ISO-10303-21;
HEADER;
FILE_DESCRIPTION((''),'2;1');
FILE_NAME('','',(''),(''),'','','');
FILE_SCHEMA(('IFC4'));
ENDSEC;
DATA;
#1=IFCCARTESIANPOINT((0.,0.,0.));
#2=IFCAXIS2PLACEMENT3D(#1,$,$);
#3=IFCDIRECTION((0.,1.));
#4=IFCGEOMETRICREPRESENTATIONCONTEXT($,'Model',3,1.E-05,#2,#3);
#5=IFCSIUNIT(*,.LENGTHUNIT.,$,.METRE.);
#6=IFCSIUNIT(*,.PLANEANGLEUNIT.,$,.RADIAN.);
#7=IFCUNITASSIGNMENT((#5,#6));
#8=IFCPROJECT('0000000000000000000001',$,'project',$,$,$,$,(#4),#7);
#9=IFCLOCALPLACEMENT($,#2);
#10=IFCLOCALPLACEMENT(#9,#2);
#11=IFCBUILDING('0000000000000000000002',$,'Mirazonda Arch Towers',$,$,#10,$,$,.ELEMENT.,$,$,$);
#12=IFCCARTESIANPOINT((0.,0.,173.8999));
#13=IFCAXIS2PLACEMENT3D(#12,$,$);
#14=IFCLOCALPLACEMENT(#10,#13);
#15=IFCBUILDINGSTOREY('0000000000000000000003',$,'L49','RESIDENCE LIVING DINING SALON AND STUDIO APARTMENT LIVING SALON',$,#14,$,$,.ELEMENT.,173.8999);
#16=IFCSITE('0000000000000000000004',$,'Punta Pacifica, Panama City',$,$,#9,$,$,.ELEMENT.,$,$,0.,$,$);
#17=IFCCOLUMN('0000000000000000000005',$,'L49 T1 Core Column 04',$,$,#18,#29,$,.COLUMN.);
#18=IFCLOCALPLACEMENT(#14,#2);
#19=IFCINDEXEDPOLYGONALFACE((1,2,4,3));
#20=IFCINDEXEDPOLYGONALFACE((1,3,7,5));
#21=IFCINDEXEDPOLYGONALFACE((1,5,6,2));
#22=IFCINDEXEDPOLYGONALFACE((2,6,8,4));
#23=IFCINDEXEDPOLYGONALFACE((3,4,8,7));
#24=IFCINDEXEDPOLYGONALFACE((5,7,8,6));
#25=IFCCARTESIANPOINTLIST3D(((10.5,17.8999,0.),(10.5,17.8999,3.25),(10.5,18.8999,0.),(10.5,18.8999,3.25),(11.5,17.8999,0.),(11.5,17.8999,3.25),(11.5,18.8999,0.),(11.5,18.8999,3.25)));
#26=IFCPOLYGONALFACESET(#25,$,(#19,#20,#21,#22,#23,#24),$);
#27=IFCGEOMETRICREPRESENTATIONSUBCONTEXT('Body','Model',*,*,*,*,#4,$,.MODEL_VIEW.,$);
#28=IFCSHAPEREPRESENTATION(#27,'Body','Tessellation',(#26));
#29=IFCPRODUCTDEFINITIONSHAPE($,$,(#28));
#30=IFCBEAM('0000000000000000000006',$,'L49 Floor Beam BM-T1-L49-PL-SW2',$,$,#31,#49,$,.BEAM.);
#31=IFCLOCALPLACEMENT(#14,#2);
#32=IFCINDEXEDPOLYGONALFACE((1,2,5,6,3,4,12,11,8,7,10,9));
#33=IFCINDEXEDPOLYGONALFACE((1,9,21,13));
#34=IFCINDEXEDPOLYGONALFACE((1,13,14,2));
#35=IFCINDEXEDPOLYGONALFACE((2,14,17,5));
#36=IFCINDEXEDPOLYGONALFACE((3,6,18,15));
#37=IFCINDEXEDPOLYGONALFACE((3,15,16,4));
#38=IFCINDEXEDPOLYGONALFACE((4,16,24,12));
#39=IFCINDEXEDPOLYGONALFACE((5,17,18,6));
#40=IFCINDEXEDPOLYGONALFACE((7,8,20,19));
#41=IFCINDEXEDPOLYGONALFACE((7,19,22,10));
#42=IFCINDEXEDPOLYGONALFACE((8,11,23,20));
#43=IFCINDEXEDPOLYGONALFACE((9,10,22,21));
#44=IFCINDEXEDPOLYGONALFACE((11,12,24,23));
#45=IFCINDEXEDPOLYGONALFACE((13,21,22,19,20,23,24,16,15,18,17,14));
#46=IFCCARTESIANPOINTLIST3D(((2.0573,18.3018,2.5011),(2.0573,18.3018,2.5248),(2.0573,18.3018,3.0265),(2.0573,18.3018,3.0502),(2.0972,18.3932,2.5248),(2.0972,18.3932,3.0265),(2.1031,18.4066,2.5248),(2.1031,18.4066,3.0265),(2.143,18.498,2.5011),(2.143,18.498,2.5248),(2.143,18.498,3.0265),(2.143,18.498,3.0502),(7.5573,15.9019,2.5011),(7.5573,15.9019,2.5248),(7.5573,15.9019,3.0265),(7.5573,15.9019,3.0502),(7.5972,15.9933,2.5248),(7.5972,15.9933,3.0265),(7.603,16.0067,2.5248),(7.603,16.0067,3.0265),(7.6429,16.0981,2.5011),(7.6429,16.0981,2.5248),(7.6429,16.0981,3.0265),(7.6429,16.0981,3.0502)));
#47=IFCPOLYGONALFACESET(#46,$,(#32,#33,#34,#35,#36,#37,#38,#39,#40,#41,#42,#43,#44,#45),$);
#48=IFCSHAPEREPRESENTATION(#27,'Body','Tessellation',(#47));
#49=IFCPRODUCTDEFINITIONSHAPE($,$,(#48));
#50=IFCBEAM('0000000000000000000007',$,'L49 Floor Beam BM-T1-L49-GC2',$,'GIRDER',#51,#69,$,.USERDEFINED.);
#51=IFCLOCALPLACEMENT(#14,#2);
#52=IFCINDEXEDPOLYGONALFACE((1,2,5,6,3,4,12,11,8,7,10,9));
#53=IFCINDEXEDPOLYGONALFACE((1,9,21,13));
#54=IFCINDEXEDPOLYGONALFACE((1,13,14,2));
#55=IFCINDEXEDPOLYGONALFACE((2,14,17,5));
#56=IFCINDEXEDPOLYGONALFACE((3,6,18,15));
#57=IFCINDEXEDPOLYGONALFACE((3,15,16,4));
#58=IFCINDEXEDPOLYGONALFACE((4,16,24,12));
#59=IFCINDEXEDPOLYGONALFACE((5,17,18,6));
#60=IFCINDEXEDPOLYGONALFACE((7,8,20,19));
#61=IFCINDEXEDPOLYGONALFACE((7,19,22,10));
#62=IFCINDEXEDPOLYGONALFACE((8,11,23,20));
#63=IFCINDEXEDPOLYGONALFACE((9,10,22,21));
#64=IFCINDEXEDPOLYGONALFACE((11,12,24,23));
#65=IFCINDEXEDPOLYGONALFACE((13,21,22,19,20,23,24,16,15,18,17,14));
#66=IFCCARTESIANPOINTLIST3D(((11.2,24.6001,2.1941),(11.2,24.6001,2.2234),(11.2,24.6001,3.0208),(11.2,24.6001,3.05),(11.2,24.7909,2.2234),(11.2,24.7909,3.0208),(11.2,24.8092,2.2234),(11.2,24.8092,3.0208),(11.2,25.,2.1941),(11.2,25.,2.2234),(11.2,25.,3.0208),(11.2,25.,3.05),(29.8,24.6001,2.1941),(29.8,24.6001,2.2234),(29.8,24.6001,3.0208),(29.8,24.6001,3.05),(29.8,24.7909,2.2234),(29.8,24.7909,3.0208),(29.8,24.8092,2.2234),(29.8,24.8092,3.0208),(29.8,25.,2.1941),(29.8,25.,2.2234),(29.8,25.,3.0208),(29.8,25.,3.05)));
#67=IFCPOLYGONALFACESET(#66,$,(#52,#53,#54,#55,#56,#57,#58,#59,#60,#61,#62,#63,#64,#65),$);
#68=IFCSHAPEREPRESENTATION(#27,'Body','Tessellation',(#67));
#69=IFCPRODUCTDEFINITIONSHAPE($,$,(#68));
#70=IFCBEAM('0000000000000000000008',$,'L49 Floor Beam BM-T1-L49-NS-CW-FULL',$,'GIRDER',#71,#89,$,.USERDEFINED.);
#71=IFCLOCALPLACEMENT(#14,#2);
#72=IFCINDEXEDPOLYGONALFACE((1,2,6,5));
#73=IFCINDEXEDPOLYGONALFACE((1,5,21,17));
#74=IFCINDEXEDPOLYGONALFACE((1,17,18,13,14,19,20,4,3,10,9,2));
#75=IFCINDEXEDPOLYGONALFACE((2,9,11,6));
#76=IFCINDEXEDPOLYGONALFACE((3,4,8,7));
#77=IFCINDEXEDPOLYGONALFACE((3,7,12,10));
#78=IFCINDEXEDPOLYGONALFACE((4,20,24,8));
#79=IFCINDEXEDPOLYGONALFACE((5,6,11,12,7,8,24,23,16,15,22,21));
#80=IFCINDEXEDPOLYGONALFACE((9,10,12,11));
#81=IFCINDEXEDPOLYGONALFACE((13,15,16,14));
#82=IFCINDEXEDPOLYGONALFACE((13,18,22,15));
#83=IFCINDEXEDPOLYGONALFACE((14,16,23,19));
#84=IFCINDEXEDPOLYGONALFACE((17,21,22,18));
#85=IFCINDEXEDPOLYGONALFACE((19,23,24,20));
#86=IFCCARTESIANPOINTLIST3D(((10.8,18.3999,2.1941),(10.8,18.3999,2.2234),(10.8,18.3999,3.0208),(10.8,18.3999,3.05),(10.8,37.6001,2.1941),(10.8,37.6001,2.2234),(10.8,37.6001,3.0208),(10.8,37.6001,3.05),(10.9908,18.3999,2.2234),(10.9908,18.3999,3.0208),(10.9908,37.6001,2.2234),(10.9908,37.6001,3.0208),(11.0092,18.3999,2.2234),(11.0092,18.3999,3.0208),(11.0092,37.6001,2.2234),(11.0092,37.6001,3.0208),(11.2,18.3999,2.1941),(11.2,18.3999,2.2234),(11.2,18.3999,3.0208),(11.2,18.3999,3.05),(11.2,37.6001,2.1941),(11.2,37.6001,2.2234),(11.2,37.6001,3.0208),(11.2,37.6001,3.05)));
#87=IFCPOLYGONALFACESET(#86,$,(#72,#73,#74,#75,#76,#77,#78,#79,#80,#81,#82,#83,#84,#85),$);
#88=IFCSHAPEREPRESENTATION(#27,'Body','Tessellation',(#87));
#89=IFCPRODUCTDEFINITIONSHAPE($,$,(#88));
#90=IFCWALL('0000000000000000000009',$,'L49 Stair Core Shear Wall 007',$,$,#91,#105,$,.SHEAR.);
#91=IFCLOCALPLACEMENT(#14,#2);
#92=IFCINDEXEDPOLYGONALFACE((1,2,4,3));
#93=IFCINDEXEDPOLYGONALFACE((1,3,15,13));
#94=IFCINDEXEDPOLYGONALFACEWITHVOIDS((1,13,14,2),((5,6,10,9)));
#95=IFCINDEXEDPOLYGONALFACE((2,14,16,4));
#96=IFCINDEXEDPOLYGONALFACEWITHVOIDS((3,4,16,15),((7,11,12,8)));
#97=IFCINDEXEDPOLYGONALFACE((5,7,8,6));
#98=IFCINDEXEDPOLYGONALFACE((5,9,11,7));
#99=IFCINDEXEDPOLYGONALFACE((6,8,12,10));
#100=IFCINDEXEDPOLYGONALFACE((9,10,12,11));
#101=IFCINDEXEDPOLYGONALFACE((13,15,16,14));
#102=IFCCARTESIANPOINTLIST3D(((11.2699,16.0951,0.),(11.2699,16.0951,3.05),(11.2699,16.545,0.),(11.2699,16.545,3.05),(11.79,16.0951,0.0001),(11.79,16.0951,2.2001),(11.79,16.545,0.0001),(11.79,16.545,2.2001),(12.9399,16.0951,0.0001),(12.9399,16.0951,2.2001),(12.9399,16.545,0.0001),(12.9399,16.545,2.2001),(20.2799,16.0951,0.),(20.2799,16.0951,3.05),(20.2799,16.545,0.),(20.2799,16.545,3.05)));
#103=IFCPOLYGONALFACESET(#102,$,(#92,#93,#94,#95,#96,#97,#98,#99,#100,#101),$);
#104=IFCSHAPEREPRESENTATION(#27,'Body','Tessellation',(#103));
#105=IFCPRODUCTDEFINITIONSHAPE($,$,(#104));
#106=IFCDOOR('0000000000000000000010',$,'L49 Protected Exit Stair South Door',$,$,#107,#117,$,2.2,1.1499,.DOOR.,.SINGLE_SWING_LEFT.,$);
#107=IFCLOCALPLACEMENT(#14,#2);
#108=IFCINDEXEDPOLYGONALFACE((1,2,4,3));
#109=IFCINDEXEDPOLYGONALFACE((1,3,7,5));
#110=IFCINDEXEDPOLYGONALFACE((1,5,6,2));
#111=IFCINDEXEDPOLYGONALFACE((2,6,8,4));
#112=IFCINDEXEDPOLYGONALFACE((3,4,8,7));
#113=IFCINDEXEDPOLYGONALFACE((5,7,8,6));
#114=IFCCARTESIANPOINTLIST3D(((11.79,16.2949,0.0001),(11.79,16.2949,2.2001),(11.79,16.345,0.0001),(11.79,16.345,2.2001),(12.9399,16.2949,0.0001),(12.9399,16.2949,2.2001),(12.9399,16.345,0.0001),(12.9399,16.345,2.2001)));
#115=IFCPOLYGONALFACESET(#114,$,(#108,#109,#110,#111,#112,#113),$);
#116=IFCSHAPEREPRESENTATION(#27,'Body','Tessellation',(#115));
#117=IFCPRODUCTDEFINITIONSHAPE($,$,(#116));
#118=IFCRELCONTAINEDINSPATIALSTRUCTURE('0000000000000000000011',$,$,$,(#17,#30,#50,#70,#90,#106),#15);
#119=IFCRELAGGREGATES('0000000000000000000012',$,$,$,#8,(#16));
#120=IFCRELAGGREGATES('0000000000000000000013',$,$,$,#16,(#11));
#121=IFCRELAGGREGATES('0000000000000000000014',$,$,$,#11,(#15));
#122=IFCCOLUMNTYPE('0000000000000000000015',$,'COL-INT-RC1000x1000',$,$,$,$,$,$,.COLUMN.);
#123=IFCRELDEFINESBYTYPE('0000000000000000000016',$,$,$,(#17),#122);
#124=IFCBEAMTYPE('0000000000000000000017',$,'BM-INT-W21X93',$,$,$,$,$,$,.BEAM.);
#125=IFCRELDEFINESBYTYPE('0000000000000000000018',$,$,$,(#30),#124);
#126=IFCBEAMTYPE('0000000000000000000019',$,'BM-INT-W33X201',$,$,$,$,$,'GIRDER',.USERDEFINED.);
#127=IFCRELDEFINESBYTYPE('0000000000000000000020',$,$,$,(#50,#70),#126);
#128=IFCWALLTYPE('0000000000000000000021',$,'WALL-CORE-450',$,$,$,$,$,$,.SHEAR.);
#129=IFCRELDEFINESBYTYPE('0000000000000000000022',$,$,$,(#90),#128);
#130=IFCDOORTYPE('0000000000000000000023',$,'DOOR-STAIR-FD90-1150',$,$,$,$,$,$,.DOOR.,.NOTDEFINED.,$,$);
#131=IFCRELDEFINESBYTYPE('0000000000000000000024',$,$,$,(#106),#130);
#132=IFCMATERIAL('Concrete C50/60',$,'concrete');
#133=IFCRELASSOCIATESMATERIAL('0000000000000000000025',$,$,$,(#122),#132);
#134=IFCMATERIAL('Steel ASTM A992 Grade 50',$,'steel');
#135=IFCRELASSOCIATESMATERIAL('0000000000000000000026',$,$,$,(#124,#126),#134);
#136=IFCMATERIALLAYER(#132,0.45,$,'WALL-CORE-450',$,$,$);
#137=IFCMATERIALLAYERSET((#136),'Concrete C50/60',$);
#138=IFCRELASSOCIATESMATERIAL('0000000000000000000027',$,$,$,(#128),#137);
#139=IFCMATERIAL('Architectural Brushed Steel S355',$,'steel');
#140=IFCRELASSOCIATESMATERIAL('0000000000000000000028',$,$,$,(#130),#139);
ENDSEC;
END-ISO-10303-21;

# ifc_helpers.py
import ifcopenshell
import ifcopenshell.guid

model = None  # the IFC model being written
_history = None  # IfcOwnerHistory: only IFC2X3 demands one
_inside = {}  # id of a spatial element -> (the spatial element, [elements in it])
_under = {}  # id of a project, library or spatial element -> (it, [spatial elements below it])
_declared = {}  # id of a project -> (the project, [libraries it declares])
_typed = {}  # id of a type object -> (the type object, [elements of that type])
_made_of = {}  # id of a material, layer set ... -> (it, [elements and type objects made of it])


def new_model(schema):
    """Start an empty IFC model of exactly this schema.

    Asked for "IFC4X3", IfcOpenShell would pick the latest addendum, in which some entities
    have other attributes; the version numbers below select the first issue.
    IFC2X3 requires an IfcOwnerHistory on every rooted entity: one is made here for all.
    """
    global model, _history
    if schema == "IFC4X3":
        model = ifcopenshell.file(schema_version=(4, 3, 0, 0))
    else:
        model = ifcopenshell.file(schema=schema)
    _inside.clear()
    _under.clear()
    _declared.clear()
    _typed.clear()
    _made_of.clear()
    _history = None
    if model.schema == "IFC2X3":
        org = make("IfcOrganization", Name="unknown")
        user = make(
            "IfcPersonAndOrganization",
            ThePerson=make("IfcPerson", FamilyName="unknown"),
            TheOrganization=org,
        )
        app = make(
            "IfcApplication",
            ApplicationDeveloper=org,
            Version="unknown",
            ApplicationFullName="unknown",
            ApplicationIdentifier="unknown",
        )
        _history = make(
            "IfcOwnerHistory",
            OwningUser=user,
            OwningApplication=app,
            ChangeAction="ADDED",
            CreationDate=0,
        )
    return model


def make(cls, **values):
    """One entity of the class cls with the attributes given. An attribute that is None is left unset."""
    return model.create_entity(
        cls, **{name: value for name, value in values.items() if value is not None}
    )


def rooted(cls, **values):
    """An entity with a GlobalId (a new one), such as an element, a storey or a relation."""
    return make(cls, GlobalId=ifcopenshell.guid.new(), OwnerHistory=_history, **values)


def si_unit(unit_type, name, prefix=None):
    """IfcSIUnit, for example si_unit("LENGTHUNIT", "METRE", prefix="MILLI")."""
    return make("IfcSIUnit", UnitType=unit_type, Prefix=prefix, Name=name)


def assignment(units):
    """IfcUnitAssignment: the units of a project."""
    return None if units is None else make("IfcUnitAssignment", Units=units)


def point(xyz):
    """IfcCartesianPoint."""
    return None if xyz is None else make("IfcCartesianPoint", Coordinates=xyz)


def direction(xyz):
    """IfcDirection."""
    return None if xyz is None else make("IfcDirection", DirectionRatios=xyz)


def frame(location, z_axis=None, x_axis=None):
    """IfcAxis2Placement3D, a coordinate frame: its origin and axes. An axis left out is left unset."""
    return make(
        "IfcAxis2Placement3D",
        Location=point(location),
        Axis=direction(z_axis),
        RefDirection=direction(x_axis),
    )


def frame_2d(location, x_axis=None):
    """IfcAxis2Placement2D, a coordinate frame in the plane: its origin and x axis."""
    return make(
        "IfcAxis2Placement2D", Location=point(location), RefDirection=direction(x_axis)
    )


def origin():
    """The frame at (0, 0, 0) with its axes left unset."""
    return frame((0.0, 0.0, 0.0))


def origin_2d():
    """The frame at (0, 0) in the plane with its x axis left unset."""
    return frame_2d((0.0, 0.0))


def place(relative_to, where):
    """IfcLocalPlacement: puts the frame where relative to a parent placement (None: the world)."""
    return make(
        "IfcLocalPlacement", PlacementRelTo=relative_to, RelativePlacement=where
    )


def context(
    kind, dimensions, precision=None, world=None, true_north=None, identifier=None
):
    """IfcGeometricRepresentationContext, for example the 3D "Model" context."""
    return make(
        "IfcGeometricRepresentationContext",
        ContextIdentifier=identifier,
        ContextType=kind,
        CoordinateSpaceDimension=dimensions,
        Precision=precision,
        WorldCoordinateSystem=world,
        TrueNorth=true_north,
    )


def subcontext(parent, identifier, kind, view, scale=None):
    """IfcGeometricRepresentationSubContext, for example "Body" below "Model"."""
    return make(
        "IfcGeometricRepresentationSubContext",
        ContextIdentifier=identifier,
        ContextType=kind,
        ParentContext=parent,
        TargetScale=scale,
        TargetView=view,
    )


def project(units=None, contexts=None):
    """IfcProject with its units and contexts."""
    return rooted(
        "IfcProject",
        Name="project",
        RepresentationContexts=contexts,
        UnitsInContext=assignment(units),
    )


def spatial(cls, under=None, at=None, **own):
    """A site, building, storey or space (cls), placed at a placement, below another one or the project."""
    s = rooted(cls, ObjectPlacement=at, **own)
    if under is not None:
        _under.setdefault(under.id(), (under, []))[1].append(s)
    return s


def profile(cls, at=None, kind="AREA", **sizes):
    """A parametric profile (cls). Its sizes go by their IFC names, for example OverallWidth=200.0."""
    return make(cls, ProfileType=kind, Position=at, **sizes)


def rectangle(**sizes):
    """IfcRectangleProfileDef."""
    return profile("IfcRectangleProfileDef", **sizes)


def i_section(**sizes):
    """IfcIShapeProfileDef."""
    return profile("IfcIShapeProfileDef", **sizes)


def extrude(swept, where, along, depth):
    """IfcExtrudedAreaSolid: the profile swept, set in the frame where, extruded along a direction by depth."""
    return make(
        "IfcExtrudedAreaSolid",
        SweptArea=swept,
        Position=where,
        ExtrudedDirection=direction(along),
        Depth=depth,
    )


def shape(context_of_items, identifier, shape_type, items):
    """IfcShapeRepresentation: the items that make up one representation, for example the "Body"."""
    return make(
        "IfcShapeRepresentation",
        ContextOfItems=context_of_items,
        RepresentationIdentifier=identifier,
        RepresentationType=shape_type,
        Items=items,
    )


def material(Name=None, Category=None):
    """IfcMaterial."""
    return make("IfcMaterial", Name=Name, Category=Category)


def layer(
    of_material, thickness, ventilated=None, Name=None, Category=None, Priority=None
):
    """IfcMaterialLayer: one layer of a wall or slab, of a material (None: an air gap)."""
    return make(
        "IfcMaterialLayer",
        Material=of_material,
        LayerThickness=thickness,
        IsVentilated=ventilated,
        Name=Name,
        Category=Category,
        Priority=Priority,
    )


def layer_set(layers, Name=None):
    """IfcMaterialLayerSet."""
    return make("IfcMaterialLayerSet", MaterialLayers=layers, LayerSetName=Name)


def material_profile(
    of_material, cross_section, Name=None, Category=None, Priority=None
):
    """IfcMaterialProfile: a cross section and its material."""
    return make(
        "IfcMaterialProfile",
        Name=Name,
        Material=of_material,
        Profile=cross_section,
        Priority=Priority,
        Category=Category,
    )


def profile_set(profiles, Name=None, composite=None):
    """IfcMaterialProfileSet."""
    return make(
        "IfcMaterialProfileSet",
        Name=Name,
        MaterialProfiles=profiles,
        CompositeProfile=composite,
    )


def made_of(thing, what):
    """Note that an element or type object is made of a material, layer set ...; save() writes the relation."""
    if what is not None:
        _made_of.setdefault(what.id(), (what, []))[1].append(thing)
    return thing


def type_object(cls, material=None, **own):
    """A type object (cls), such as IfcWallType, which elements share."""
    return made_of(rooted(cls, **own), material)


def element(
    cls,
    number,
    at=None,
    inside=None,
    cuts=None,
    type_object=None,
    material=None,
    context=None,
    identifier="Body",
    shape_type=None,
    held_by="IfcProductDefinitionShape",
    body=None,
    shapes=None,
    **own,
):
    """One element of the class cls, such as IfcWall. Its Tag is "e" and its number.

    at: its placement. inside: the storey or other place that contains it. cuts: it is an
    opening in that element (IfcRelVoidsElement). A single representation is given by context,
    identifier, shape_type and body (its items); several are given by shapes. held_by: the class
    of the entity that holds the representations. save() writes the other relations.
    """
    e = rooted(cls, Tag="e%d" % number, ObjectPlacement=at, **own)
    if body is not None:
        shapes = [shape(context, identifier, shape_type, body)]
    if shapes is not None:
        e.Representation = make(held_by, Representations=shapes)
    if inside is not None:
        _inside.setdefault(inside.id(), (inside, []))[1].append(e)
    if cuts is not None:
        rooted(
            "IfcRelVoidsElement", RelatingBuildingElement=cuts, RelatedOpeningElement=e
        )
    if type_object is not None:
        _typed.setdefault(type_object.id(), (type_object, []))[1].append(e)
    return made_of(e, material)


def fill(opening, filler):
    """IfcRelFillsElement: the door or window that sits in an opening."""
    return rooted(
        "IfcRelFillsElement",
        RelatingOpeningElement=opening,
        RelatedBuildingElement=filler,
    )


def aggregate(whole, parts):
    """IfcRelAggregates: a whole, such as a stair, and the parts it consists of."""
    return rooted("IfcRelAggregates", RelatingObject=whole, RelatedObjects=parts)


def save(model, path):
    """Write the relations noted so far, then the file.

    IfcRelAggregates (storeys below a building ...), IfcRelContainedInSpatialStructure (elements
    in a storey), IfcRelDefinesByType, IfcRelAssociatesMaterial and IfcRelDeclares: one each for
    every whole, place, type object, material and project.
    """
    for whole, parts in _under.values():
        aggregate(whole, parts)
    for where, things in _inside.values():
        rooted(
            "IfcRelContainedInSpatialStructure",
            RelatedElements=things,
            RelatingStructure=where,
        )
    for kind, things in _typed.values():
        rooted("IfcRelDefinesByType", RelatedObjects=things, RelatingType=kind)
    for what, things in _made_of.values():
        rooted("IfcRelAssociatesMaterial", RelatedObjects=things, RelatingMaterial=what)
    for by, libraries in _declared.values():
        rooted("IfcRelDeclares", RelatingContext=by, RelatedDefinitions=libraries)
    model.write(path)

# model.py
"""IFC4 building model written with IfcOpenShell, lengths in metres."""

from ifc_helpers import new_model, si_unit, direction, frame, frame_2d, origin, origin_2d, place, context, subcontext, project, spatial, rectangle, i_section, extrude, material, layer, layer_set, material_profile, profile_set, type_object, element, fill, save


model = new_model("IFC4")

# Units and contexts
model_context = context("Model", 3, precision=1e-05, world=origin(), true_north=direction((0.0, 1.0)))
body_context = subcontext(model_context, "Body", "Model", "MODEL_VIEW")
ifc_project = project(units=[si_unit("LENGTHUNIT", "METRE"), si_unit("PLANEANGLEUNIT", "RADIAN")], contexts=[model_context])

# Site, building, storey
site_placement = place(None, origin())
site = spatial("IfcSite", under=ifc_project, at=site_placement, Name="Punta Pacifica, Panama City", CompositionType="ELEMENT", RefElevation=0.0)
building_placement = place(site_placement, origin())
building = spatial("IfcBuilding", under=site, at=building_placement, Name="Mirazonda Arch Towers", CompositionType="ELEMENT")
storey_placement = place(building_placement, frame((0.0, 0.0, 173.8999)))
storey = spatial("IfcBuildingStorey", under=building, at=storey_placement, Name="L49", Description="RESIDENCE LIVING DINING SALON AND STUDIO APARTMENT LIVING SALON", CompositionType="ELEMENT", Elevation=173.8999)

# Column
ifc_material_1 = material(Name="Concrete C50/60", Category="concrete")
ifc_material_profile_1 = material_profile(ifc_material_1, rectangle(XDim=1.0, YDim=1.0, at=origin_2d()), Name="RC1000x1000")
ifc_profile_set_1 = profile_set([ifc_material_profile_1], Name="Concrete C50/60")
column_type = type_object("IfcColumnType", Name="COL-INT-RC1000x1000", PredefinedType="COLUMN", material=ifc_profile_set_1)
column_placement = place(storey_placement, frame((11.0, 18.3999, 0.0), z_axis=(0.0, 0.0, 1.0), x_axis=(1.0, 0.0, 0.0)))
element("IfcColumn", 1, at=column_placement, inside=storey, type_object=column_type, Name="L49 T1 Core Column 04", PredefinedType="COLUMN", context=body_context, shape_type="SweptSolid", body=[
    extrude(rectangle(XDim=1.0, YDim=1.0, at=origin_2d()), origin(), (0.0, 0.0, 1.0), 3.25),
])

# Beams
ifc_material_2 = material(Name="Steel ASTM A992 Grade 50", Category="steel")
ifc_material_profile_2 = material_profile(ifc_material_2, i_section(OverallWidth=0.2141, OverallDepth=0.5491, WebThickness=0.0146, FlangeThickness=0.0237, at=origin_2d()), Name="W21X93")
ifc_profile_set_2 = profile_set([ifc_material_profile_2], Name="Steel ASTM A992 Grade 50")
beam_type_1 = type_object("IfcBeamType", Name="BM-INT-W21X93", PredefinedType="BEAM", material=ifc_profile_set_2)
beam_1_placement = place(storey_placement, frame((7.6001, 16.0, 2.7756), z_axis=(-0.916545, 0.399931, 0.0), x_axis=(-0.399931, -0.916545, 0.0)))
element("IfcBeam", 2, at=beam_1_placement, inside=storey, type_object=beam_type_1, Name="L49 Floor Beam BM-T1-L49-PL-SW2", PredefinedType="BEAM", context=body_context, shape_type="SweptSolid", body=[
    extrude(i_section(OverallWidth=0.2141, OverallDepth=0.5491, WebThickness=0.0146, FlangeThickness=0.0237, at=origin_2d()), origin(), (0.0, 0.0, 1.0), 6.0007),
])
ifc_material_profile_3 = material_profile(ifc_material_2, i_section(OverallWidth=0.3999, OverallDepth=0.856, WebThickness=0.0183, FlangeThickness=0.0293, at=origin_2d()), Name="W33X201")
ifc_profile_set_3 = profile_set([ifc_material_profile_3], Name="Steel ASTM A992 Grade 50")
beam_type_2 = type_object("IfcBeamType", Name="BM-INT-W33X201", ElementType="GIRDER", PredefinedType="USERDEFINED", material=ifc_profile_set_3)
beam_2_placement = place(storey_placement, frame((11.2, 24.8, 2.6221), z_axis=(1.0, 0.0, 0.0), x_axis=(0.0, 1.0, 0.0)))
element("IfcBeam", 3, at=beam_2_placement, inside=storey, type_object=beam_type_2, Name="L49 Floor Beam BM-T1-L49-GC2", ObjectType="GIRDER", PredefinedType="USERDEFINED", context=body_context, shape_type="SweptSolid", body=[
    extrude(i_section(OverallWidth=0.3999, OverallDepth=0.856, WebThickness=0.0183, FlangeThickness=0.0293, at=origin_2d()), origin(), (0.0, 0.0, 1.0), 18.6001),
])
beam_3_placement = place(storey_placement, frame((11.0, 18.3999, 2.6221), z_axis=(0.0, 1.0, 0.0), x_axis=(-1.0, 0.0, 0.0)))
element("IfcBeam", 4, at=beam_3_placement, inside=storey, type_object=beam_type_2, Name="L49 Floor Beam BM-T1-L49-NS-CW-FULL", ObjectType="GIRDER", PredefinedType="USERDEFINED", context=body_context, shape_type="SweptSolid", body=[
    extrude(i_section(OverallWidth=0.3999, OverallDepth=0.856, WebThickness=0.0183, FlangeThickness=0.0293, at=origin_2d()), origin(), (0.0, 0.0, 1.0), 19.2002),
])

# Wall, opening, door
ifc_layer_1 = layer(ifc_material_1, 0.45, Name="WALL-CORE-450")
ifc_layer_set_1 = layer_set([ifc_layer_1], Name="Concrete C50/60")
wall_type_1 = type_object("IfcWallType", Name="WALL-CORE-450", PredefinedType="SHEAR", material=ifc_layer_set_1)
wall_1_placement = place(storey_placement, frame((11.27, 16.3201, 0.0), z_axis=(0.0, 0.0, 1.0), x_axis=(1.0, 0.0, 0.0)))
wall_1 = element("IfcWall", 5, at=wall_1_placement, inside=storey, type_object=wall_type_1, Name="L49 Stair Core Shear Wall 007", PredefinedType="SHEAR", context=body_context, shape_type="SweptSolid", body=[
    extrude(rectangle(XDim=9.01, YDim=0.45, at=frame_2d((4.5049, 0.0))), origin(), (0.0, 0.0, 1.0), 3.05),
])
opening_1_placement = place(wall_1_placement, frame((0.52, 0.0, 0.0)))
opening_1 = element("IfcOpeningElement", 6, at=opening_1_placement, cuts=wall_1, PredefinedType="OPENING", context=body_context, shape_type="SweptSolid", body=[
    extrude(rectangle(XDim=1.1499, YDim=2.2, at=frame_2d((0.575, 1.1001))), frame((0.0, 0.2349, 0.0), z_axis=(0.0, -1.0, 0.0), x_axis=(1.0, 0.0, 0.0)), (0.0, 0.0, 1.0), 0.47),
])
ifc_material_3 = material(Name="Architectural Brushed Steel S355", Category="steel")
door_type_1 = type_object("IfcDoorType", Name="DOOR-STAIR-FD90-1150", OperationType="NOTDEFINED", PredefinedType="DOOR", material=ifc_material_3)
door_1_placement = place(opening_1_placement, origin())
door_1 = element("IfcDoor", 7, at=door_1_placement, inside=storey, type_object=door_type_1, Name="L49 Protected Exit Stair South Door", OperationType="SINGLE_SWING_LEFT", OverallHeight=2.2, OverallWidth=1.1499, PredefinedType="DOOR", context=body_context, shape_type="SweptSolid", body=[
    extrude(rectangle(XDim=1.1499, YDim=2.2, at=frame_2d((0.575, 1.1001))), frame((0.0, 0.0249, 0.0), z_axis=(0.0, -1.0, 0.0), x_axis=(1.0, 0.0, 0.0)), (0.0, 0.0, 1.0), 0.05),
])
fill(opening_1, door_1)

save(model, "model.ifc")
